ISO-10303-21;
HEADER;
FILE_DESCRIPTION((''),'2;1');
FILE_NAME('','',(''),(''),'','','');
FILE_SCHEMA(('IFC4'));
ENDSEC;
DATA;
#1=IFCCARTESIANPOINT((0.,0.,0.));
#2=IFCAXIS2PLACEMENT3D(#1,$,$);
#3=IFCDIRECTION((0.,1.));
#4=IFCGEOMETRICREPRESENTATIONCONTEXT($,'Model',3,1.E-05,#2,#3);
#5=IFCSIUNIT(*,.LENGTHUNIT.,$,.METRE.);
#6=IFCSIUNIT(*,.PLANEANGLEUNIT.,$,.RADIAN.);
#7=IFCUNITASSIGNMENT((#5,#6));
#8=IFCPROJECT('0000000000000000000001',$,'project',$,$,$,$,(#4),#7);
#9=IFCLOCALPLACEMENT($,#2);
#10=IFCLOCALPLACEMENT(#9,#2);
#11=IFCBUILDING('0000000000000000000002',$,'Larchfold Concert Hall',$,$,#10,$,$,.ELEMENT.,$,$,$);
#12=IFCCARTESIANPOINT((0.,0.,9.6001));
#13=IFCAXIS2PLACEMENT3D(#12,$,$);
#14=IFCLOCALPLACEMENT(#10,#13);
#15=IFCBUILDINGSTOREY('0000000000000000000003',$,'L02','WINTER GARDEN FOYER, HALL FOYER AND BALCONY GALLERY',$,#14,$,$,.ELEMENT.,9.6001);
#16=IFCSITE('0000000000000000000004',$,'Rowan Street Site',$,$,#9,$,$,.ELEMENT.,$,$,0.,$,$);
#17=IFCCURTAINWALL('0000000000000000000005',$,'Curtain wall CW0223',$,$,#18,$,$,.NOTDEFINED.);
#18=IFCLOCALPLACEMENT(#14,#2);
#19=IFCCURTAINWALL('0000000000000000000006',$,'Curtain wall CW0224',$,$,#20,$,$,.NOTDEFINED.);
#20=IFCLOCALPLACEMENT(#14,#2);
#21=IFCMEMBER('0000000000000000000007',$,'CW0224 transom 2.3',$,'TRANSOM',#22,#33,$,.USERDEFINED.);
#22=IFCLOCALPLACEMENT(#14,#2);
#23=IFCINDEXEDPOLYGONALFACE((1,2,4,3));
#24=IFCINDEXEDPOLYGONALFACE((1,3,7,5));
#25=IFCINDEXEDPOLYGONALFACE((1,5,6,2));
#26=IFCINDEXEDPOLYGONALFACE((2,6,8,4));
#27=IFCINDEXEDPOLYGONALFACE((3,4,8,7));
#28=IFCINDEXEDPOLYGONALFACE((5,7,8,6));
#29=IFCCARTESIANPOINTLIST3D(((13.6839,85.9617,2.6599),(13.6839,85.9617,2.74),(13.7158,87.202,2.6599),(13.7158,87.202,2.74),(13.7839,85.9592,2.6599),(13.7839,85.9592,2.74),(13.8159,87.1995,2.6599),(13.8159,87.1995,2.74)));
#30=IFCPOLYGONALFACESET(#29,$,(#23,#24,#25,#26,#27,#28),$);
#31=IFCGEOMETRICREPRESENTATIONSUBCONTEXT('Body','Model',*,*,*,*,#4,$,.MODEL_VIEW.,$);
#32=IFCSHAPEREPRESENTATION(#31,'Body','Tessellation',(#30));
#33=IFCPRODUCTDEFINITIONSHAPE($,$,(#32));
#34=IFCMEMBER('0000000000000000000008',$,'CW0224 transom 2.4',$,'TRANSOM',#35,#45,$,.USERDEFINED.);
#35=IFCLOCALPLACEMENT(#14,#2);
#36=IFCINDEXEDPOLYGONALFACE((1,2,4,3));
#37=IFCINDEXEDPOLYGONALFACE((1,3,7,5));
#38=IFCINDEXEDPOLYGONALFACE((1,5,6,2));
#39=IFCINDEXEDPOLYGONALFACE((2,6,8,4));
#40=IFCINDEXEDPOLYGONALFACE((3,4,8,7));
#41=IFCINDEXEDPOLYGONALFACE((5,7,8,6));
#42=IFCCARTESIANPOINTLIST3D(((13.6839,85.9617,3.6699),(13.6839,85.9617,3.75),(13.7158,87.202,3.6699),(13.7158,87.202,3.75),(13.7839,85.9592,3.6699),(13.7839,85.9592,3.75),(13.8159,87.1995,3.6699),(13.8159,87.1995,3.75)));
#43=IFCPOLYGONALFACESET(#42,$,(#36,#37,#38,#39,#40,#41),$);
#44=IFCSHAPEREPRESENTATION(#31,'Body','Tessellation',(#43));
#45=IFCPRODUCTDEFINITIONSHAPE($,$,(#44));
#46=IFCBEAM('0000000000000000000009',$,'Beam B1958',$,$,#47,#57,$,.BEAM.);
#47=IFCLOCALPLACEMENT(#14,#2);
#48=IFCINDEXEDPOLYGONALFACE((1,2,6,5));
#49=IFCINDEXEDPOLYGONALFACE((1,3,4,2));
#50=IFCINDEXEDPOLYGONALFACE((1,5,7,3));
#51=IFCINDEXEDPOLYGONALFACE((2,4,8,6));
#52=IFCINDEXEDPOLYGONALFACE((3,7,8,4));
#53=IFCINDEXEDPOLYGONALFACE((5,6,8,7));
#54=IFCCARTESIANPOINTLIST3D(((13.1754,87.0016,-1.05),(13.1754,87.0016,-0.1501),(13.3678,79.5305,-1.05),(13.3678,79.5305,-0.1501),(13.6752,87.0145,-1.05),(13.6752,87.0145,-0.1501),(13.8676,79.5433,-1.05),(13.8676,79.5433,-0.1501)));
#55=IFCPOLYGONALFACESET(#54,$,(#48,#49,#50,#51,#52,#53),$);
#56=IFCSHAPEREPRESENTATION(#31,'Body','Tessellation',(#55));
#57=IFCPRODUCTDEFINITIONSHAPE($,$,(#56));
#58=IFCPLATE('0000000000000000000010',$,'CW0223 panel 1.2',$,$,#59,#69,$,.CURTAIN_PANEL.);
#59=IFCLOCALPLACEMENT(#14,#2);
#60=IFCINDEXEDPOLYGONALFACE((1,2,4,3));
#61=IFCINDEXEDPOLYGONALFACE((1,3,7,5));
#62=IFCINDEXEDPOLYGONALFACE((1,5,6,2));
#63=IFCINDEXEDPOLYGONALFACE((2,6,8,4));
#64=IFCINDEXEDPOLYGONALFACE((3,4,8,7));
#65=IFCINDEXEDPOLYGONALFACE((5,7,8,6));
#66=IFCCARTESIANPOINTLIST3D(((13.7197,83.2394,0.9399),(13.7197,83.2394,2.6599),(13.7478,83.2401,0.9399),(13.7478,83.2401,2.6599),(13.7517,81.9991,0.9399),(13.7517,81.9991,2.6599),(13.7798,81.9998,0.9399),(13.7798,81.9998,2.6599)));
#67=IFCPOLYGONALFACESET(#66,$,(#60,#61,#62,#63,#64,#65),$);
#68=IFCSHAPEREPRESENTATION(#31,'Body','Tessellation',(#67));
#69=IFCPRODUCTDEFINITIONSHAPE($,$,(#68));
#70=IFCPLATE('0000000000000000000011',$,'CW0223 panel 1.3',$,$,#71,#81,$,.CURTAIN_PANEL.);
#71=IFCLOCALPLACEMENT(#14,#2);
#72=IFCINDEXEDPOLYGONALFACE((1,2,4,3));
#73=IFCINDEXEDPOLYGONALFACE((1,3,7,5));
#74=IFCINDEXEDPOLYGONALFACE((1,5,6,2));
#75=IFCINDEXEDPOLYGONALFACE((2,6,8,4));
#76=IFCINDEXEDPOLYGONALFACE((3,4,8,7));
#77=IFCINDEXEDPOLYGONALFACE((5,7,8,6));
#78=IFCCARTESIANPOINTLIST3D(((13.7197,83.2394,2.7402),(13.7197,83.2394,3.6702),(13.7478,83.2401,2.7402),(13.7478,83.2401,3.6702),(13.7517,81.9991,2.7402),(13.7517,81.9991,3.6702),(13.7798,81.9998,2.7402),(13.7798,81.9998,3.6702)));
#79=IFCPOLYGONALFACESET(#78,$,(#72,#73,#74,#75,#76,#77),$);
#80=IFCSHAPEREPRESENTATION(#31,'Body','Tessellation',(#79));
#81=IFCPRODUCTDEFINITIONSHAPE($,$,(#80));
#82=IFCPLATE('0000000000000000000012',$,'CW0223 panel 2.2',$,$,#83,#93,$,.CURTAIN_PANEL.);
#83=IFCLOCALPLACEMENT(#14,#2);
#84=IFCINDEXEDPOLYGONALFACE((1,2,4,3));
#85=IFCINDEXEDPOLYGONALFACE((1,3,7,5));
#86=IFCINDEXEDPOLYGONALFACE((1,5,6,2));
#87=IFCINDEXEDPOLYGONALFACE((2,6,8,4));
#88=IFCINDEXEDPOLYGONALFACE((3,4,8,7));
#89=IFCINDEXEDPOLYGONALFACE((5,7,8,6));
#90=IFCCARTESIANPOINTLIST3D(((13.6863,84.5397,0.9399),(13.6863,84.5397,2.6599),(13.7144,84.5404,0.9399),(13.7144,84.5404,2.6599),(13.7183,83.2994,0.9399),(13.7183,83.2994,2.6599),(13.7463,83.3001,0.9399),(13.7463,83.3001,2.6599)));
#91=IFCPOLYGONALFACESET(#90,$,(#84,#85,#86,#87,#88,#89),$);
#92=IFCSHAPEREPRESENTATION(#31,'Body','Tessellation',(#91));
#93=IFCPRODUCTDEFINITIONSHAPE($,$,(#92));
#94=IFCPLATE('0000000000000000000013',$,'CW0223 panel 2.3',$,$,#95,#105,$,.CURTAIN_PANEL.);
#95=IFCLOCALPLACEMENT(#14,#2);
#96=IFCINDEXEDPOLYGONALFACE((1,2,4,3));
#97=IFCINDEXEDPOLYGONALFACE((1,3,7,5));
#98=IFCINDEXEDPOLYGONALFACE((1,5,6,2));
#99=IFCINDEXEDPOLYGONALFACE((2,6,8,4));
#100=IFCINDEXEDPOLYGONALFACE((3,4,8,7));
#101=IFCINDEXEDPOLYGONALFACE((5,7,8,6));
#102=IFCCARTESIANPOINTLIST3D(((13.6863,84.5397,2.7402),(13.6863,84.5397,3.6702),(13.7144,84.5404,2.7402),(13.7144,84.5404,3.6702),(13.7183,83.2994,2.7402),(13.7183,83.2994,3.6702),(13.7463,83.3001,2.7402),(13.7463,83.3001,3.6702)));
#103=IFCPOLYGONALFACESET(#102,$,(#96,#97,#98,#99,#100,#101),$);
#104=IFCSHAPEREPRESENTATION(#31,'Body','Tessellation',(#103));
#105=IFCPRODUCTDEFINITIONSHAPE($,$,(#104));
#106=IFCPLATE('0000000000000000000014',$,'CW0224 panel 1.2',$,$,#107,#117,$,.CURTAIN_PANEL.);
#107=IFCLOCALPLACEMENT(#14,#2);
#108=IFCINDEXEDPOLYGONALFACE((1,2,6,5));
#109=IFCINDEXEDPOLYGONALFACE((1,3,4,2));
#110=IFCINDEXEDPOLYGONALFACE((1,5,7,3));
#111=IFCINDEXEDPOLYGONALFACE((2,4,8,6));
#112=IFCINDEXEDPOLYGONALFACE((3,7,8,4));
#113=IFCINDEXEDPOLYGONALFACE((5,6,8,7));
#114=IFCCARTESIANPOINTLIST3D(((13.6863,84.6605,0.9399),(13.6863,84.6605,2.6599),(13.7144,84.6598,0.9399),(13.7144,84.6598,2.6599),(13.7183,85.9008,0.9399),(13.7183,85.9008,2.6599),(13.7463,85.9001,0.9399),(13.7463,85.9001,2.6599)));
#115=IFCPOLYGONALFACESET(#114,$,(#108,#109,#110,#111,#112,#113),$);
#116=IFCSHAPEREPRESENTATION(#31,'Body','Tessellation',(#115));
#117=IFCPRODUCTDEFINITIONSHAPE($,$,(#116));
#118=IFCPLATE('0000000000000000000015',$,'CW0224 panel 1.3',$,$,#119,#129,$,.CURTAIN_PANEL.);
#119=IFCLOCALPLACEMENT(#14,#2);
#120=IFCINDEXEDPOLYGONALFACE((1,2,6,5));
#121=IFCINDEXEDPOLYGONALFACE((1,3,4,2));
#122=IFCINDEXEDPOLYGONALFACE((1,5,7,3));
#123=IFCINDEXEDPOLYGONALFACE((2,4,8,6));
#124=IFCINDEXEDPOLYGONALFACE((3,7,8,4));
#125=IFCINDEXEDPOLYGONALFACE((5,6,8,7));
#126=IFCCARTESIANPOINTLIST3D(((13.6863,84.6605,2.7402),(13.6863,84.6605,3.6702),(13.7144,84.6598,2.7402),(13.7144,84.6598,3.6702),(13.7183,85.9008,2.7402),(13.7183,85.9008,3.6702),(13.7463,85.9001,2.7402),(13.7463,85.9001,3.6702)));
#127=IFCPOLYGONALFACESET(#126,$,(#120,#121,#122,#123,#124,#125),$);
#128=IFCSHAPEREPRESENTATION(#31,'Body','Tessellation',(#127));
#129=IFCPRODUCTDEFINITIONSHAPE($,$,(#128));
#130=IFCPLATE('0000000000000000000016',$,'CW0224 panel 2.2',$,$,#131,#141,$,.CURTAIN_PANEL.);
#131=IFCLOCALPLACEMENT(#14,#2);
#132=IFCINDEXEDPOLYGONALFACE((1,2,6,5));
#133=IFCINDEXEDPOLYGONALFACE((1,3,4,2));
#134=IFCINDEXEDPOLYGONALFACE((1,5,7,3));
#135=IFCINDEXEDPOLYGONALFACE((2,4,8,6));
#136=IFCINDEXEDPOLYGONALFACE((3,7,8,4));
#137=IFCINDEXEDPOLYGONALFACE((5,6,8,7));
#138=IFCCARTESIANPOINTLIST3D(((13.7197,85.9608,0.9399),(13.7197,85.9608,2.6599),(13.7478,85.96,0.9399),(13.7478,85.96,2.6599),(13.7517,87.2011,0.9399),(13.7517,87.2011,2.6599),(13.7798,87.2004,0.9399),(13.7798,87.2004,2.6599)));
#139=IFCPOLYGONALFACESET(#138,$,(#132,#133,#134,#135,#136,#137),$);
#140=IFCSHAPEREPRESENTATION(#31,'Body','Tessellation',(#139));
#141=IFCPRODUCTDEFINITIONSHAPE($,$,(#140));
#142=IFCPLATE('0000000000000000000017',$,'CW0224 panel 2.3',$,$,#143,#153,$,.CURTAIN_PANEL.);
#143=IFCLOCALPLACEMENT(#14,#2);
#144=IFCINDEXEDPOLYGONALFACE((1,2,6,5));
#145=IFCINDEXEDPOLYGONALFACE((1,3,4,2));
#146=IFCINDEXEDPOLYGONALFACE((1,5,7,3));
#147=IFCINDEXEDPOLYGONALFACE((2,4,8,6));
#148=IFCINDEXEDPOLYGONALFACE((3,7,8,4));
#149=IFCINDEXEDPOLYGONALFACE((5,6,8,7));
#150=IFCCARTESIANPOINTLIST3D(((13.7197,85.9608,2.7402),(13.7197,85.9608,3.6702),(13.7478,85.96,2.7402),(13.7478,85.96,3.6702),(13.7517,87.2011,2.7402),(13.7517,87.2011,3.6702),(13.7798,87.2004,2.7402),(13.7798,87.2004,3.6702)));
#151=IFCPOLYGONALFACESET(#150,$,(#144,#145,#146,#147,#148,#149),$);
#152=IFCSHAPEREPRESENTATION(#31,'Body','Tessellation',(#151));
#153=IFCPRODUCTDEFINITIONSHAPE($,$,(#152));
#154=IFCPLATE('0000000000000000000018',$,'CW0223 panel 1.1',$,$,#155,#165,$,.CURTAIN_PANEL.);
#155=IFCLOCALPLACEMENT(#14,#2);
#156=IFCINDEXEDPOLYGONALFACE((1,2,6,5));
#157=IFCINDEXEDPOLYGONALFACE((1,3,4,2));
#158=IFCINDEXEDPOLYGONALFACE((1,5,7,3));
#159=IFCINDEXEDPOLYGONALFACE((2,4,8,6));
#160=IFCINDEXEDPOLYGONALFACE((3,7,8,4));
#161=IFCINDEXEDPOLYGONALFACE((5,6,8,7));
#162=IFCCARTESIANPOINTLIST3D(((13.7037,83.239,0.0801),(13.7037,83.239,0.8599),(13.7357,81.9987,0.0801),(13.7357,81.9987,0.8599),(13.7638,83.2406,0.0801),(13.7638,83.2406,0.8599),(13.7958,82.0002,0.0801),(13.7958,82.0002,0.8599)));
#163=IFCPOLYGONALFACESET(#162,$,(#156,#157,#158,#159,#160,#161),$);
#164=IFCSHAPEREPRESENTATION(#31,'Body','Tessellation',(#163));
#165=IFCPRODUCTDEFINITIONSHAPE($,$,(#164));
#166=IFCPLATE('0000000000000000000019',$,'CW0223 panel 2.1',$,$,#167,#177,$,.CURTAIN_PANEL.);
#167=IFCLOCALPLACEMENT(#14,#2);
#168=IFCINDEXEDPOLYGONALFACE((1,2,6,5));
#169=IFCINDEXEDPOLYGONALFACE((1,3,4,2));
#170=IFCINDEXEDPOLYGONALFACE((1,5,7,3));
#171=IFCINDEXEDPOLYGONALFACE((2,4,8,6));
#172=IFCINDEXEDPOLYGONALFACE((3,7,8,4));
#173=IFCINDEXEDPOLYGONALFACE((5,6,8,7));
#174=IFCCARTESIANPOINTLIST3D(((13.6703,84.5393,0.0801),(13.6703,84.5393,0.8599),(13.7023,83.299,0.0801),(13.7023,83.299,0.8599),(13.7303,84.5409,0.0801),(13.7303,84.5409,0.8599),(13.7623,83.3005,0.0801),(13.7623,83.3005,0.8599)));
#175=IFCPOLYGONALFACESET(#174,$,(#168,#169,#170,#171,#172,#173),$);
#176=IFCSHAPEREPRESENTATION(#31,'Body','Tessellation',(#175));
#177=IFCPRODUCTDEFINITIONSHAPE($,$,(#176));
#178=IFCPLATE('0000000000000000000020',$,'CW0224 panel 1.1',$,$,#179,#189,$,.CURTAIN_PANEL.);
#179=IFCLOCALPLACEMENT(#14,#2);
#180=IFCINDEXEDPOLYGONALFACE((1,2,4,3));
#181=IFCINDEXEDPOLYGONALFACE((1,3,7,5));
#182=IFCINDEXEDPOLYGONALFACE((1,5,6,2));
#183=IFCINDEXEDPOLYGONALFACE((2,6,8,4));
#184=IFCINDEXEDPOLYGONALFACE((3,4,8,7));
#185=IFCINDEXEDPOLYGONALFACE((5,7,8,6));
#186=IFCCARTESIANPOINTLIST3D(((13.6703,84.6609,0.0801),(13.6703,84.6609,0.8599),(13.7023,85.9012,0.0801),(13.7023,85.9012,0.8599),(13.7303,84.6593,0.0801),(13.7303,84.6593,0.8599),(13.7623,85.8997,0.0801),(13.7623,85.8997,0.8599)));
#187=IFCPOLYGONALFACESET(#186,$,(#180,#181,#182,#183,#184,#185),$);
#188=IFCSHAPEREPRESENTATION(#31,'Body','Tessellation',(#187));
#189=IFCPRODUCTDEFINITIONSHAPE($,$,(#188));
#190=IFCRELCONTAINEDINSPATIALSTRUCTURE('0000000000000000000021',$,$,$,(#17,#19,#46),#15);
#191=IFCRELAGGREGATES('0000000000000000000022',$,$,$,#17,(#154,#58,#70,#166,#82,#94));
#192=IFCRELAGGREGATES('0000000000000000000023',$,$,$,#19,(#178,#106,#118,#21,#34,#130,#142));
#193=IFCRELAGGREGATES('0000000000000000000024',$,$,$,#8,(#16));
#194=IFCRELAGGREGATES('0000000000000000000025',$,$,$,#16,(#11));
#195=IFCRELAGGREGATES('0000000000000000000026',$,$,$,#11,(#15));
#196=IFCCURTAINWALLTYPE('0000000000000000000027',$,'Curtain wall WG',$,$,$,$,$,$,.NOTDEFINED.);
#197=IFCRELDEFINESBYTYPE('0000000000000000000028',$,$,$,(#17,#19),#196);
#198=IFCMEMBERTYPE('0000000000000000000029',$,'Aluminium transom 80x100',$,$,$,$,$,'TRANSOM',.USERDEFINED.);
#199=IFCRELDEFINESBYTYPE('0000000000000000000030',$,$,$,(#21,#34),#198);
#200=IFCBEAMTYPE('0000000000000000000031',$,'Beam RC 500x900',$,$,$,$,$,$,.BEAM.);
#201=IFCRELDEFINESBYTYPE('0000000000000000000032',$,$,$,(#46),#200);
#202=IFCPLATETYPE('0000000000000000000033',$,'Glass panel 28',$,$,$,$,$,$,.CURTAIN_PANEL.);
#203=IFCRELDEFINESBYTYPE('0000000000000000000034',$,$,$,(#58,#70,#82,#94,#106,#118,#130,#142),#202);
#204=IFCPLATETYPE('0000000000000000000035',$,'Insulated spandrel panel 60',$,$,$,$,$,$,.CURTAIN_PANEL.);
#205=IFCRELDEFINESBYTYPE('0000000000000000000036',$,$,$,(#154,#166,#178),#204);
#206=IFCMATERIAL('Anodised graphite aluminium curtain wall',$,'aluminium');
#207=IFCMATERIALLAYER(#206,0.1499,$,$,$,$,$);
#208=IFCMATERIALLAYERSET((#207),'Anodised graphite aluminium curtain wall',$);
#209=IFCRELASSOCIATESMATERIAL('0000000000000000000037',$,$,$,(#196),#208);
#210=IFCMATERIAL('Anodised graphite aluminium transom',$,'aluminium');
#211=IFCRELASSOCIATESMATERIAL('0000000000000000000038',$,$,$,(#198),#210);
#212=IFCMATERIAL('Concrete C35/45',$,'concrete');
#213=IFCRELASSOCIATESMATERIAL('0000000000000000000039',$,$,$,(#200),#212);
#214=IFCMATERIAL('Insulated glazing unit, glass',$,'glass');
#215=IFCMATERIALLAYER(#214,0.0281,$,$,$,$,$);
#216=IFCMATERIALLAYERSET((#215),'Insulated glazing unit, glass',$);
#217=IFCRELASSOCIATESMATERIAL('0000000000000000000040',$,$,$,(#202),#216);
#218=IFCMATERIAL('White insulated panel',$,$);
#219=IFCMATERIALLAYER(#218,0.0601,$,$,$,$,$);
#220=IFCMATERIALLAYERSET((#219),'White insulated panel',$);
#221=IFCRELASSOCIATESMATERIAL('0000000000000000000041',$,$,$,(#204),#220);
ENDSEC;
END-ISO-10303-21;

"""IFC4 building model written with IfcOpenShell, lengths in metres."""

from ifc_helpers import new_model, si_unit, direction, frame, origin, origin_2d, place, context, subcontext, project, spatial, rectangle, extrude, material, layer, layer_set, material_profile, profile_set, type_object, element, aggregate, save


model = new_model("IFC4")

# Units and contexts
model_context = context("Model", 3, precision=1e-05, world=origin(), true_north=direction((0.0, 1.0)))
body_context = subcontext(model_context, "Body", "Model", "MODEL_VIEW")
ifc_project = project(units=[si_unit("LENGTHUNIT", "METRE"), si_unit("PLANEANGLEUNIT", "RADIAN")], contexts=[model_context])

# Site, building, storey
site_placement = place(None, origin())
site = spatial("IfcSite", under=ifc_project, at=site_placement, Name="Rowan Street Site", CompositionType="ELEMENT", RefElevation=0.0)
building_placement = place(site_placement, origin())
building = spatial("IfcBuilding", under=site, at=building_placement, Name="Larchfold Concert Hall", CompositionType="ELEMENT")
storey_placement = place(building_placement, frame((0.0, 0.0, 9.6001)))
storey = spatial("IfcBuildingStorey", under=building, at=storey_placement, Name="L02", Description="WINTER GARDEN FOYER, HALL FOYER AND BALCONY GALLERY", CompositionType="ELEMENT", Elevation=9.6001)

# Curtain walls
ifc_material_1 = material(Name="Anodised graphite aluminium curtain wall", Category="aluminium")
ifc_layer_1 = layer(ifc_material_1, 0.1499)
ifc_layer_set_1 = layer_set([ifc_layer_1], Name="Anodised graphite aluminium curtain wall")
curtain_wall_type = type_object("IfcCurtainWallType", Name="Curtain wall WG", PredefinedType="NOTDEFINED", material=ifc_layer_set_1)
curtain_wall_1_placement = place(storey_placement, origin())
curtain_wall_1 = element("IfcCurtainWall", 1, at=curtain_wall_1_placement, inside=storey, type_object=curtain_wall_type, Name="Curtain wall CW0223", PredefinedType="NOTDEFINED")
curtain_wall_2_placement = place(storey_placement, origin())
curtain_wall_2 = element("IfcCurtainWall", 2, at=curtain_wall_2_placement, inside=storey, type_object=curtain_wall_type, Name="Curtain wall CW0224", PredefinedType="NOTDEFINED")

# Members
ifc_material_2 = material(Name="Anodised graphite aluminium transom", Category="aluminium")
ifc_material_profile_1 = material_profile(ifc_material_2, rectangle(XDim=0.1001, YDim=0.0801, at=origin_2d()))
ifc_profile_set_1 = profile_set([ifc_material_profile_1], Name="Anodised graphite aluminium transom")
member_type_1 = type_object("IfcMemberType", Name="Aluminium transom 80x100", ElementType="TRANSOM", PredefinedType="USERDEFINED", material=ifc_profile_set_1)
member_1_placement = place(storey_placement, frame((13.7339, 85.9604, 2.7), z_axis=(0.025779, 0.999668, 0.0), x_axis=(-0.999668, 0.025779, 0.0)))
member_1 = element("IfcMember", 3, at=member_1_placement, type_object=member_type_1, Name="CW0224 transom 2.3", ObjectType="TRANSOM", PredefinedType="USERDEFINED", context=body_context, shape_type="SweptSolid", body=[
    extrude(rectangle(XDim=0.1001, YDim=0.0801, at=origin_2d()), origin(), (0.0, 0.0, 1.0), 1.2407),
])
member_2_placement = place(storey_placement, frame((13.7339, 85.9604, 3.71), z_axis=(0.025779, 0.999668, 0.0), x_axis=(-0.999668, 0.025779, 0.0)))
member_2 = element("IfcMember", 4, at=member_2_placement, type_object=member_type_1, Name="CW0224 transom 2.4", ObjectType="TRANSOM", PredefinedType="USERDEFINED", context=body_context, shape_type="SweptSolid", body=[
    extrude(rectangle(XDim=0.1001, YDim=0.0801, at=origin_2d()), origin(), (0.0, 0.0, 1.0), 1.2407),
])

# Beam
ifc_material_3 = material(Name="Concrete C35/45", Category="concrete")
ifc_material_profile_2 = material_profile(ifc_material_3, rectangle(XDim=0.5, YDim=0.8999, at=origin_2d()))
ifc_profile_set_2 = profile_set([ifc_material_profile_2], Name="Concrete C35/45")
beam_type = type_object("IfcBeamType", Name="Beam RC 500x900", PredefinedType="BEAM", material=ifc_profile_set_2)
beam_placement = place(storey_placement, frame((13.4253, 87.0081, -0.6001), z_axis=(0.025741, -0.999669, 0.0), x_axis=(0.999669, 0.025741, 0.0)))
element("IfcBeam", 5, at=beam_placement, inside=storey, type_object=beam_type, Name="Beam B1958", PredefinedType="BEAM", context=body_context, shape_type="SweptSolid", body=[
    extrude(rectangle(XDim=0.5, YDim=0.8999, at=origin_2d()), origin(), (0.0, 0.0, 1.0), 7.4736),
])

# Plates
ifc_material_4 = material(Name="Insulated glazing unit, glass", Category="glass")
ifc_layer_2 = layer(ifc_material_4, 0.0281)
ifc_layer_set_2 = layer_set([ifc_layer_2], Name="Insulated glazing unit, glass")
plate_type_1 = type_object("IfcPlateType", Name="Glass panel 28", PredefinedType="CURTAIN_PANEL", material=ifc_layer_set_2)
plate_1_placement = place(storey_placement, frame((13.7498, 82.6196, 0.9399), z_axis=(0.0, 0.0, 1.0), x_axis=(-0.025776, 0.999668, 0.0)))
plate_1 = element("IfcPlate", 6, at=plate_1_placement, type_object=plate_type_1, Name="CW0223 panel 1.2", PredefinedType="CURTAIN_PANEL", context=body_context, shape_type="SweptSolid", body=[
    extrude(rectangle(XDim=1.2407, YDim=0.0281, at=origin_2d()), origin(), (0.0, 0.0, 1.0), 1.72),
])
plate_2_placement = place(storey_placement, frame((13.7498, 82.6196, 2.7402), z_axis=(0.0, 0.0, 1.0), x_axis=(-0.025776, 0.999668, 0.0)))
plate_2 = element("IfcPlate", 7, at=plate_2_placement, type_object=plate_type_1, Name="CW0223 panel 1.3", PredefinedType="CURTAIN_PANEL", context=body_context, shape_type="SweptSolid", body=[
    extrude(rectangle(XDim=1.2407, YDim=0.0281, at=origin_2d()), origin(), (0.0, 0.0, 1.0), 0.9299),
])
plate_3_placement = place(storey_placement, frame((13.7163, 83.9199, 0.9399), z_axis=(0.0, 0.0, 1.0), x_axis=(-0.025776, 0.999668, 0.0)))
plate_3 = element("IfcPlate", 8, at=plate_3_placement, type_object=plate_type_1, Name="CW0223 panel 2.2", PredefinedType="CURTAIN_PANEL", context=body_context, shape_type="SweptSolid", body=[
    extrude(rectangle(XDim=1.2407, YDim=0.0281, at=origin_2d()), origin(), (0.0, 0.0, 1.0), 1.72),
])
plate_4_placement = place(storey_placement, frame((13.7163, 83.9199, 2.7402), z_axis=(0.0, 0.0, 1.0), x_axis=(-0.025776, 0.999668, 0.0)))
plate_4 = element("IfcPlate", 9, at=plate_4_placement, type_object=plate_type_1, Name="CW0223 panel 2.3", PredefinedType="CURTAIN_PANEL", context=body_context, shape_type="SweptSolid", body=[
    extrude(rectangle(XDim=1.2407, YDim=0.0281, at=origin_2d()), origin(), (0.0, 0.0, 1.0), 0.9299),
])
plate_5_placement = place(storey_placement, frame((13.7163, 85.2803, 0.9399), z_axis=(0.0, 0.0, 1.0), x_axis=(0.025776, 0.999668, 0.0)))
plate_5 = element("IfcPlate", 10, at=plate_5_placement, type_object=plate_type_1, Name="CW0224 panel 1.2", PredefinedType="CURTAIN_PANEL", context=body_context, shape_type="SweptSolid", body=[
    extrude(rectangle(XDim=1.2407, YDim=0.0281, at=origin_2d()), origin(), (0.0, 0.0, 1.0), 1.72),
])
plate_6_placement = place(storey_placement, frame((13.7163, 85.2803, 2.7402), z_axis=(0.0, 0.0, 1.0), x_axis=(0.025776, 0.999668, 0.0)))
plate_6 = element("IfcPlate", 11, at=plate_6_placement, type_object=plate_type_1, Name="CW0224 panel 1.3", PredefinedType="CURTAIN_PANEL", context=body_context, shape_type="SweptSolid", body=[
    extrude(rectangle(XDim=1.2407, YDim=0.0281, at=origin_2d()), origin(), (0.0, 0.0, 1.0), 0.9299),
])
plate_7_placement = place(storey_placement, frame((13.7498, 86.5806, 0.9399), z_axis=(0.0, 0.0, 1.0), x_axis=(0.025776, 0.999668, 0.0)))
plate_7 = element("IfcPlate", 12, at=plate_7_placement, type_object=plate_type_1, Name="CW0224 panel 2.2", PredefinedType="CURTAIN_PANEL", context=body_context, shape_type="SweptSolid", body=[
    extrude(rectangle(XDim=1.2407, YDim=0.0281, at=origin_2d()), origin(), (0.0, 0.0, 1.0), 1.72),
])
plate_8_placement = place(storey_placement, frame((13.7498, 86.5806, 2.7402), z_axis=(0.0, 0.0, 1.0), x_axis=(0.025776, 0.999668, 0.0)))
plate_8 = element("IfcPlate", 13, at=plate_8_placement, type_object=plate_type_1, Name="CW0224 panel 2.3", PredefinedType="CURTAIN_PANEL", context=body_context, shape_type="SweptSolid", body=[
    extrude(rectangle(XDim=1.2407, YDim=0.0281, at=origin_2d()), origin(), (0.0, 0.0, 1.0), 0.9299),
])
ifc_material_5 = material(Name="White insulated panel")
ifc_layer_3 = layer(ifc_material_5, 0.0601)
ifc_layer_set_3 = layer_set([ifc_layer_3], Name="White insulated panel")
plate_type_2 = type_object("IfcPlateType", Name="Insulated spandrel panel 60", PredefinedType="CURTAIN_PANEL", material=ifc_layer_set_3)
plate_9_placement = place(storey_placement, frame((13.7498, 82.6196, 0.0801), z_axis=(0.0, 0.0, 1.0), x_axis=(-0.025776, 0.999668, 0.0)))
plate_9 = element("IfcPlate", 14, at=plate_9_placement, type_object=plate_type_2, Name="CW0223 panel 1.1", PredefinedType="CURTAIN_PANEL", context=body_context, shape_type="SweptSolid", body=[
    extrude(rectangle(XDim=1.2407, YDim=0.0601, at=origin_2d()), origin(), (0.0, 0.0, 1.0), 0.7798),
])
plate_10_placement = place(storey_placement, frame((13.7163, 83.9199, 0.0801), z_axis=(0.0, 0.0, 1.0), x_axis=(-0.025776, 0.999668, 0.0)))
plate_10 = element("IfcPlate", 15, at=plate_10_placement, type_object=plate_type_2, Name="CW0223 panel 2.1", PredefinedType="CURTAIN_PANEL", context=body_context, shape_type="SweptSolid", body=[
    extrude(rectangle(XDim=1.2407, YDim=0.0601, at=origin_2d()), origin(), (0.0, 0.0, 1.0), 0.7798),
])
aggregate(curtain_wall_1, [plate_9, plate_1, plate_2, plate_10, plate_3, plate_4])
plate_11_placement = place(storey_placement, frame((13.7163, 85.2803, 0.0801), z_axis=(0.0, 0.0, 1.0), x_axis=(0.025776, 0.999668, 0.0)))
plate_11 = element("IfcPlate", 16, at=plate_11_placement, type_object=plate_type_2, Name="CW0224 panel 1.1", PredefinedType="CURTAIN_PANEL", context=body_context, shape_type="SweptSolid", body=[
    extrude(rectangle(XDim=1.2407, YDim=0.0601, at=origin_2d()), origin(), (0.0, 0.0, 1.0), 0.7798),
])
aggregate(curtain_wall_2, [plate_11, plate_5, plate_6, member_1, member_2, plate_7, plate_8])

save(model, "model.ifc")
